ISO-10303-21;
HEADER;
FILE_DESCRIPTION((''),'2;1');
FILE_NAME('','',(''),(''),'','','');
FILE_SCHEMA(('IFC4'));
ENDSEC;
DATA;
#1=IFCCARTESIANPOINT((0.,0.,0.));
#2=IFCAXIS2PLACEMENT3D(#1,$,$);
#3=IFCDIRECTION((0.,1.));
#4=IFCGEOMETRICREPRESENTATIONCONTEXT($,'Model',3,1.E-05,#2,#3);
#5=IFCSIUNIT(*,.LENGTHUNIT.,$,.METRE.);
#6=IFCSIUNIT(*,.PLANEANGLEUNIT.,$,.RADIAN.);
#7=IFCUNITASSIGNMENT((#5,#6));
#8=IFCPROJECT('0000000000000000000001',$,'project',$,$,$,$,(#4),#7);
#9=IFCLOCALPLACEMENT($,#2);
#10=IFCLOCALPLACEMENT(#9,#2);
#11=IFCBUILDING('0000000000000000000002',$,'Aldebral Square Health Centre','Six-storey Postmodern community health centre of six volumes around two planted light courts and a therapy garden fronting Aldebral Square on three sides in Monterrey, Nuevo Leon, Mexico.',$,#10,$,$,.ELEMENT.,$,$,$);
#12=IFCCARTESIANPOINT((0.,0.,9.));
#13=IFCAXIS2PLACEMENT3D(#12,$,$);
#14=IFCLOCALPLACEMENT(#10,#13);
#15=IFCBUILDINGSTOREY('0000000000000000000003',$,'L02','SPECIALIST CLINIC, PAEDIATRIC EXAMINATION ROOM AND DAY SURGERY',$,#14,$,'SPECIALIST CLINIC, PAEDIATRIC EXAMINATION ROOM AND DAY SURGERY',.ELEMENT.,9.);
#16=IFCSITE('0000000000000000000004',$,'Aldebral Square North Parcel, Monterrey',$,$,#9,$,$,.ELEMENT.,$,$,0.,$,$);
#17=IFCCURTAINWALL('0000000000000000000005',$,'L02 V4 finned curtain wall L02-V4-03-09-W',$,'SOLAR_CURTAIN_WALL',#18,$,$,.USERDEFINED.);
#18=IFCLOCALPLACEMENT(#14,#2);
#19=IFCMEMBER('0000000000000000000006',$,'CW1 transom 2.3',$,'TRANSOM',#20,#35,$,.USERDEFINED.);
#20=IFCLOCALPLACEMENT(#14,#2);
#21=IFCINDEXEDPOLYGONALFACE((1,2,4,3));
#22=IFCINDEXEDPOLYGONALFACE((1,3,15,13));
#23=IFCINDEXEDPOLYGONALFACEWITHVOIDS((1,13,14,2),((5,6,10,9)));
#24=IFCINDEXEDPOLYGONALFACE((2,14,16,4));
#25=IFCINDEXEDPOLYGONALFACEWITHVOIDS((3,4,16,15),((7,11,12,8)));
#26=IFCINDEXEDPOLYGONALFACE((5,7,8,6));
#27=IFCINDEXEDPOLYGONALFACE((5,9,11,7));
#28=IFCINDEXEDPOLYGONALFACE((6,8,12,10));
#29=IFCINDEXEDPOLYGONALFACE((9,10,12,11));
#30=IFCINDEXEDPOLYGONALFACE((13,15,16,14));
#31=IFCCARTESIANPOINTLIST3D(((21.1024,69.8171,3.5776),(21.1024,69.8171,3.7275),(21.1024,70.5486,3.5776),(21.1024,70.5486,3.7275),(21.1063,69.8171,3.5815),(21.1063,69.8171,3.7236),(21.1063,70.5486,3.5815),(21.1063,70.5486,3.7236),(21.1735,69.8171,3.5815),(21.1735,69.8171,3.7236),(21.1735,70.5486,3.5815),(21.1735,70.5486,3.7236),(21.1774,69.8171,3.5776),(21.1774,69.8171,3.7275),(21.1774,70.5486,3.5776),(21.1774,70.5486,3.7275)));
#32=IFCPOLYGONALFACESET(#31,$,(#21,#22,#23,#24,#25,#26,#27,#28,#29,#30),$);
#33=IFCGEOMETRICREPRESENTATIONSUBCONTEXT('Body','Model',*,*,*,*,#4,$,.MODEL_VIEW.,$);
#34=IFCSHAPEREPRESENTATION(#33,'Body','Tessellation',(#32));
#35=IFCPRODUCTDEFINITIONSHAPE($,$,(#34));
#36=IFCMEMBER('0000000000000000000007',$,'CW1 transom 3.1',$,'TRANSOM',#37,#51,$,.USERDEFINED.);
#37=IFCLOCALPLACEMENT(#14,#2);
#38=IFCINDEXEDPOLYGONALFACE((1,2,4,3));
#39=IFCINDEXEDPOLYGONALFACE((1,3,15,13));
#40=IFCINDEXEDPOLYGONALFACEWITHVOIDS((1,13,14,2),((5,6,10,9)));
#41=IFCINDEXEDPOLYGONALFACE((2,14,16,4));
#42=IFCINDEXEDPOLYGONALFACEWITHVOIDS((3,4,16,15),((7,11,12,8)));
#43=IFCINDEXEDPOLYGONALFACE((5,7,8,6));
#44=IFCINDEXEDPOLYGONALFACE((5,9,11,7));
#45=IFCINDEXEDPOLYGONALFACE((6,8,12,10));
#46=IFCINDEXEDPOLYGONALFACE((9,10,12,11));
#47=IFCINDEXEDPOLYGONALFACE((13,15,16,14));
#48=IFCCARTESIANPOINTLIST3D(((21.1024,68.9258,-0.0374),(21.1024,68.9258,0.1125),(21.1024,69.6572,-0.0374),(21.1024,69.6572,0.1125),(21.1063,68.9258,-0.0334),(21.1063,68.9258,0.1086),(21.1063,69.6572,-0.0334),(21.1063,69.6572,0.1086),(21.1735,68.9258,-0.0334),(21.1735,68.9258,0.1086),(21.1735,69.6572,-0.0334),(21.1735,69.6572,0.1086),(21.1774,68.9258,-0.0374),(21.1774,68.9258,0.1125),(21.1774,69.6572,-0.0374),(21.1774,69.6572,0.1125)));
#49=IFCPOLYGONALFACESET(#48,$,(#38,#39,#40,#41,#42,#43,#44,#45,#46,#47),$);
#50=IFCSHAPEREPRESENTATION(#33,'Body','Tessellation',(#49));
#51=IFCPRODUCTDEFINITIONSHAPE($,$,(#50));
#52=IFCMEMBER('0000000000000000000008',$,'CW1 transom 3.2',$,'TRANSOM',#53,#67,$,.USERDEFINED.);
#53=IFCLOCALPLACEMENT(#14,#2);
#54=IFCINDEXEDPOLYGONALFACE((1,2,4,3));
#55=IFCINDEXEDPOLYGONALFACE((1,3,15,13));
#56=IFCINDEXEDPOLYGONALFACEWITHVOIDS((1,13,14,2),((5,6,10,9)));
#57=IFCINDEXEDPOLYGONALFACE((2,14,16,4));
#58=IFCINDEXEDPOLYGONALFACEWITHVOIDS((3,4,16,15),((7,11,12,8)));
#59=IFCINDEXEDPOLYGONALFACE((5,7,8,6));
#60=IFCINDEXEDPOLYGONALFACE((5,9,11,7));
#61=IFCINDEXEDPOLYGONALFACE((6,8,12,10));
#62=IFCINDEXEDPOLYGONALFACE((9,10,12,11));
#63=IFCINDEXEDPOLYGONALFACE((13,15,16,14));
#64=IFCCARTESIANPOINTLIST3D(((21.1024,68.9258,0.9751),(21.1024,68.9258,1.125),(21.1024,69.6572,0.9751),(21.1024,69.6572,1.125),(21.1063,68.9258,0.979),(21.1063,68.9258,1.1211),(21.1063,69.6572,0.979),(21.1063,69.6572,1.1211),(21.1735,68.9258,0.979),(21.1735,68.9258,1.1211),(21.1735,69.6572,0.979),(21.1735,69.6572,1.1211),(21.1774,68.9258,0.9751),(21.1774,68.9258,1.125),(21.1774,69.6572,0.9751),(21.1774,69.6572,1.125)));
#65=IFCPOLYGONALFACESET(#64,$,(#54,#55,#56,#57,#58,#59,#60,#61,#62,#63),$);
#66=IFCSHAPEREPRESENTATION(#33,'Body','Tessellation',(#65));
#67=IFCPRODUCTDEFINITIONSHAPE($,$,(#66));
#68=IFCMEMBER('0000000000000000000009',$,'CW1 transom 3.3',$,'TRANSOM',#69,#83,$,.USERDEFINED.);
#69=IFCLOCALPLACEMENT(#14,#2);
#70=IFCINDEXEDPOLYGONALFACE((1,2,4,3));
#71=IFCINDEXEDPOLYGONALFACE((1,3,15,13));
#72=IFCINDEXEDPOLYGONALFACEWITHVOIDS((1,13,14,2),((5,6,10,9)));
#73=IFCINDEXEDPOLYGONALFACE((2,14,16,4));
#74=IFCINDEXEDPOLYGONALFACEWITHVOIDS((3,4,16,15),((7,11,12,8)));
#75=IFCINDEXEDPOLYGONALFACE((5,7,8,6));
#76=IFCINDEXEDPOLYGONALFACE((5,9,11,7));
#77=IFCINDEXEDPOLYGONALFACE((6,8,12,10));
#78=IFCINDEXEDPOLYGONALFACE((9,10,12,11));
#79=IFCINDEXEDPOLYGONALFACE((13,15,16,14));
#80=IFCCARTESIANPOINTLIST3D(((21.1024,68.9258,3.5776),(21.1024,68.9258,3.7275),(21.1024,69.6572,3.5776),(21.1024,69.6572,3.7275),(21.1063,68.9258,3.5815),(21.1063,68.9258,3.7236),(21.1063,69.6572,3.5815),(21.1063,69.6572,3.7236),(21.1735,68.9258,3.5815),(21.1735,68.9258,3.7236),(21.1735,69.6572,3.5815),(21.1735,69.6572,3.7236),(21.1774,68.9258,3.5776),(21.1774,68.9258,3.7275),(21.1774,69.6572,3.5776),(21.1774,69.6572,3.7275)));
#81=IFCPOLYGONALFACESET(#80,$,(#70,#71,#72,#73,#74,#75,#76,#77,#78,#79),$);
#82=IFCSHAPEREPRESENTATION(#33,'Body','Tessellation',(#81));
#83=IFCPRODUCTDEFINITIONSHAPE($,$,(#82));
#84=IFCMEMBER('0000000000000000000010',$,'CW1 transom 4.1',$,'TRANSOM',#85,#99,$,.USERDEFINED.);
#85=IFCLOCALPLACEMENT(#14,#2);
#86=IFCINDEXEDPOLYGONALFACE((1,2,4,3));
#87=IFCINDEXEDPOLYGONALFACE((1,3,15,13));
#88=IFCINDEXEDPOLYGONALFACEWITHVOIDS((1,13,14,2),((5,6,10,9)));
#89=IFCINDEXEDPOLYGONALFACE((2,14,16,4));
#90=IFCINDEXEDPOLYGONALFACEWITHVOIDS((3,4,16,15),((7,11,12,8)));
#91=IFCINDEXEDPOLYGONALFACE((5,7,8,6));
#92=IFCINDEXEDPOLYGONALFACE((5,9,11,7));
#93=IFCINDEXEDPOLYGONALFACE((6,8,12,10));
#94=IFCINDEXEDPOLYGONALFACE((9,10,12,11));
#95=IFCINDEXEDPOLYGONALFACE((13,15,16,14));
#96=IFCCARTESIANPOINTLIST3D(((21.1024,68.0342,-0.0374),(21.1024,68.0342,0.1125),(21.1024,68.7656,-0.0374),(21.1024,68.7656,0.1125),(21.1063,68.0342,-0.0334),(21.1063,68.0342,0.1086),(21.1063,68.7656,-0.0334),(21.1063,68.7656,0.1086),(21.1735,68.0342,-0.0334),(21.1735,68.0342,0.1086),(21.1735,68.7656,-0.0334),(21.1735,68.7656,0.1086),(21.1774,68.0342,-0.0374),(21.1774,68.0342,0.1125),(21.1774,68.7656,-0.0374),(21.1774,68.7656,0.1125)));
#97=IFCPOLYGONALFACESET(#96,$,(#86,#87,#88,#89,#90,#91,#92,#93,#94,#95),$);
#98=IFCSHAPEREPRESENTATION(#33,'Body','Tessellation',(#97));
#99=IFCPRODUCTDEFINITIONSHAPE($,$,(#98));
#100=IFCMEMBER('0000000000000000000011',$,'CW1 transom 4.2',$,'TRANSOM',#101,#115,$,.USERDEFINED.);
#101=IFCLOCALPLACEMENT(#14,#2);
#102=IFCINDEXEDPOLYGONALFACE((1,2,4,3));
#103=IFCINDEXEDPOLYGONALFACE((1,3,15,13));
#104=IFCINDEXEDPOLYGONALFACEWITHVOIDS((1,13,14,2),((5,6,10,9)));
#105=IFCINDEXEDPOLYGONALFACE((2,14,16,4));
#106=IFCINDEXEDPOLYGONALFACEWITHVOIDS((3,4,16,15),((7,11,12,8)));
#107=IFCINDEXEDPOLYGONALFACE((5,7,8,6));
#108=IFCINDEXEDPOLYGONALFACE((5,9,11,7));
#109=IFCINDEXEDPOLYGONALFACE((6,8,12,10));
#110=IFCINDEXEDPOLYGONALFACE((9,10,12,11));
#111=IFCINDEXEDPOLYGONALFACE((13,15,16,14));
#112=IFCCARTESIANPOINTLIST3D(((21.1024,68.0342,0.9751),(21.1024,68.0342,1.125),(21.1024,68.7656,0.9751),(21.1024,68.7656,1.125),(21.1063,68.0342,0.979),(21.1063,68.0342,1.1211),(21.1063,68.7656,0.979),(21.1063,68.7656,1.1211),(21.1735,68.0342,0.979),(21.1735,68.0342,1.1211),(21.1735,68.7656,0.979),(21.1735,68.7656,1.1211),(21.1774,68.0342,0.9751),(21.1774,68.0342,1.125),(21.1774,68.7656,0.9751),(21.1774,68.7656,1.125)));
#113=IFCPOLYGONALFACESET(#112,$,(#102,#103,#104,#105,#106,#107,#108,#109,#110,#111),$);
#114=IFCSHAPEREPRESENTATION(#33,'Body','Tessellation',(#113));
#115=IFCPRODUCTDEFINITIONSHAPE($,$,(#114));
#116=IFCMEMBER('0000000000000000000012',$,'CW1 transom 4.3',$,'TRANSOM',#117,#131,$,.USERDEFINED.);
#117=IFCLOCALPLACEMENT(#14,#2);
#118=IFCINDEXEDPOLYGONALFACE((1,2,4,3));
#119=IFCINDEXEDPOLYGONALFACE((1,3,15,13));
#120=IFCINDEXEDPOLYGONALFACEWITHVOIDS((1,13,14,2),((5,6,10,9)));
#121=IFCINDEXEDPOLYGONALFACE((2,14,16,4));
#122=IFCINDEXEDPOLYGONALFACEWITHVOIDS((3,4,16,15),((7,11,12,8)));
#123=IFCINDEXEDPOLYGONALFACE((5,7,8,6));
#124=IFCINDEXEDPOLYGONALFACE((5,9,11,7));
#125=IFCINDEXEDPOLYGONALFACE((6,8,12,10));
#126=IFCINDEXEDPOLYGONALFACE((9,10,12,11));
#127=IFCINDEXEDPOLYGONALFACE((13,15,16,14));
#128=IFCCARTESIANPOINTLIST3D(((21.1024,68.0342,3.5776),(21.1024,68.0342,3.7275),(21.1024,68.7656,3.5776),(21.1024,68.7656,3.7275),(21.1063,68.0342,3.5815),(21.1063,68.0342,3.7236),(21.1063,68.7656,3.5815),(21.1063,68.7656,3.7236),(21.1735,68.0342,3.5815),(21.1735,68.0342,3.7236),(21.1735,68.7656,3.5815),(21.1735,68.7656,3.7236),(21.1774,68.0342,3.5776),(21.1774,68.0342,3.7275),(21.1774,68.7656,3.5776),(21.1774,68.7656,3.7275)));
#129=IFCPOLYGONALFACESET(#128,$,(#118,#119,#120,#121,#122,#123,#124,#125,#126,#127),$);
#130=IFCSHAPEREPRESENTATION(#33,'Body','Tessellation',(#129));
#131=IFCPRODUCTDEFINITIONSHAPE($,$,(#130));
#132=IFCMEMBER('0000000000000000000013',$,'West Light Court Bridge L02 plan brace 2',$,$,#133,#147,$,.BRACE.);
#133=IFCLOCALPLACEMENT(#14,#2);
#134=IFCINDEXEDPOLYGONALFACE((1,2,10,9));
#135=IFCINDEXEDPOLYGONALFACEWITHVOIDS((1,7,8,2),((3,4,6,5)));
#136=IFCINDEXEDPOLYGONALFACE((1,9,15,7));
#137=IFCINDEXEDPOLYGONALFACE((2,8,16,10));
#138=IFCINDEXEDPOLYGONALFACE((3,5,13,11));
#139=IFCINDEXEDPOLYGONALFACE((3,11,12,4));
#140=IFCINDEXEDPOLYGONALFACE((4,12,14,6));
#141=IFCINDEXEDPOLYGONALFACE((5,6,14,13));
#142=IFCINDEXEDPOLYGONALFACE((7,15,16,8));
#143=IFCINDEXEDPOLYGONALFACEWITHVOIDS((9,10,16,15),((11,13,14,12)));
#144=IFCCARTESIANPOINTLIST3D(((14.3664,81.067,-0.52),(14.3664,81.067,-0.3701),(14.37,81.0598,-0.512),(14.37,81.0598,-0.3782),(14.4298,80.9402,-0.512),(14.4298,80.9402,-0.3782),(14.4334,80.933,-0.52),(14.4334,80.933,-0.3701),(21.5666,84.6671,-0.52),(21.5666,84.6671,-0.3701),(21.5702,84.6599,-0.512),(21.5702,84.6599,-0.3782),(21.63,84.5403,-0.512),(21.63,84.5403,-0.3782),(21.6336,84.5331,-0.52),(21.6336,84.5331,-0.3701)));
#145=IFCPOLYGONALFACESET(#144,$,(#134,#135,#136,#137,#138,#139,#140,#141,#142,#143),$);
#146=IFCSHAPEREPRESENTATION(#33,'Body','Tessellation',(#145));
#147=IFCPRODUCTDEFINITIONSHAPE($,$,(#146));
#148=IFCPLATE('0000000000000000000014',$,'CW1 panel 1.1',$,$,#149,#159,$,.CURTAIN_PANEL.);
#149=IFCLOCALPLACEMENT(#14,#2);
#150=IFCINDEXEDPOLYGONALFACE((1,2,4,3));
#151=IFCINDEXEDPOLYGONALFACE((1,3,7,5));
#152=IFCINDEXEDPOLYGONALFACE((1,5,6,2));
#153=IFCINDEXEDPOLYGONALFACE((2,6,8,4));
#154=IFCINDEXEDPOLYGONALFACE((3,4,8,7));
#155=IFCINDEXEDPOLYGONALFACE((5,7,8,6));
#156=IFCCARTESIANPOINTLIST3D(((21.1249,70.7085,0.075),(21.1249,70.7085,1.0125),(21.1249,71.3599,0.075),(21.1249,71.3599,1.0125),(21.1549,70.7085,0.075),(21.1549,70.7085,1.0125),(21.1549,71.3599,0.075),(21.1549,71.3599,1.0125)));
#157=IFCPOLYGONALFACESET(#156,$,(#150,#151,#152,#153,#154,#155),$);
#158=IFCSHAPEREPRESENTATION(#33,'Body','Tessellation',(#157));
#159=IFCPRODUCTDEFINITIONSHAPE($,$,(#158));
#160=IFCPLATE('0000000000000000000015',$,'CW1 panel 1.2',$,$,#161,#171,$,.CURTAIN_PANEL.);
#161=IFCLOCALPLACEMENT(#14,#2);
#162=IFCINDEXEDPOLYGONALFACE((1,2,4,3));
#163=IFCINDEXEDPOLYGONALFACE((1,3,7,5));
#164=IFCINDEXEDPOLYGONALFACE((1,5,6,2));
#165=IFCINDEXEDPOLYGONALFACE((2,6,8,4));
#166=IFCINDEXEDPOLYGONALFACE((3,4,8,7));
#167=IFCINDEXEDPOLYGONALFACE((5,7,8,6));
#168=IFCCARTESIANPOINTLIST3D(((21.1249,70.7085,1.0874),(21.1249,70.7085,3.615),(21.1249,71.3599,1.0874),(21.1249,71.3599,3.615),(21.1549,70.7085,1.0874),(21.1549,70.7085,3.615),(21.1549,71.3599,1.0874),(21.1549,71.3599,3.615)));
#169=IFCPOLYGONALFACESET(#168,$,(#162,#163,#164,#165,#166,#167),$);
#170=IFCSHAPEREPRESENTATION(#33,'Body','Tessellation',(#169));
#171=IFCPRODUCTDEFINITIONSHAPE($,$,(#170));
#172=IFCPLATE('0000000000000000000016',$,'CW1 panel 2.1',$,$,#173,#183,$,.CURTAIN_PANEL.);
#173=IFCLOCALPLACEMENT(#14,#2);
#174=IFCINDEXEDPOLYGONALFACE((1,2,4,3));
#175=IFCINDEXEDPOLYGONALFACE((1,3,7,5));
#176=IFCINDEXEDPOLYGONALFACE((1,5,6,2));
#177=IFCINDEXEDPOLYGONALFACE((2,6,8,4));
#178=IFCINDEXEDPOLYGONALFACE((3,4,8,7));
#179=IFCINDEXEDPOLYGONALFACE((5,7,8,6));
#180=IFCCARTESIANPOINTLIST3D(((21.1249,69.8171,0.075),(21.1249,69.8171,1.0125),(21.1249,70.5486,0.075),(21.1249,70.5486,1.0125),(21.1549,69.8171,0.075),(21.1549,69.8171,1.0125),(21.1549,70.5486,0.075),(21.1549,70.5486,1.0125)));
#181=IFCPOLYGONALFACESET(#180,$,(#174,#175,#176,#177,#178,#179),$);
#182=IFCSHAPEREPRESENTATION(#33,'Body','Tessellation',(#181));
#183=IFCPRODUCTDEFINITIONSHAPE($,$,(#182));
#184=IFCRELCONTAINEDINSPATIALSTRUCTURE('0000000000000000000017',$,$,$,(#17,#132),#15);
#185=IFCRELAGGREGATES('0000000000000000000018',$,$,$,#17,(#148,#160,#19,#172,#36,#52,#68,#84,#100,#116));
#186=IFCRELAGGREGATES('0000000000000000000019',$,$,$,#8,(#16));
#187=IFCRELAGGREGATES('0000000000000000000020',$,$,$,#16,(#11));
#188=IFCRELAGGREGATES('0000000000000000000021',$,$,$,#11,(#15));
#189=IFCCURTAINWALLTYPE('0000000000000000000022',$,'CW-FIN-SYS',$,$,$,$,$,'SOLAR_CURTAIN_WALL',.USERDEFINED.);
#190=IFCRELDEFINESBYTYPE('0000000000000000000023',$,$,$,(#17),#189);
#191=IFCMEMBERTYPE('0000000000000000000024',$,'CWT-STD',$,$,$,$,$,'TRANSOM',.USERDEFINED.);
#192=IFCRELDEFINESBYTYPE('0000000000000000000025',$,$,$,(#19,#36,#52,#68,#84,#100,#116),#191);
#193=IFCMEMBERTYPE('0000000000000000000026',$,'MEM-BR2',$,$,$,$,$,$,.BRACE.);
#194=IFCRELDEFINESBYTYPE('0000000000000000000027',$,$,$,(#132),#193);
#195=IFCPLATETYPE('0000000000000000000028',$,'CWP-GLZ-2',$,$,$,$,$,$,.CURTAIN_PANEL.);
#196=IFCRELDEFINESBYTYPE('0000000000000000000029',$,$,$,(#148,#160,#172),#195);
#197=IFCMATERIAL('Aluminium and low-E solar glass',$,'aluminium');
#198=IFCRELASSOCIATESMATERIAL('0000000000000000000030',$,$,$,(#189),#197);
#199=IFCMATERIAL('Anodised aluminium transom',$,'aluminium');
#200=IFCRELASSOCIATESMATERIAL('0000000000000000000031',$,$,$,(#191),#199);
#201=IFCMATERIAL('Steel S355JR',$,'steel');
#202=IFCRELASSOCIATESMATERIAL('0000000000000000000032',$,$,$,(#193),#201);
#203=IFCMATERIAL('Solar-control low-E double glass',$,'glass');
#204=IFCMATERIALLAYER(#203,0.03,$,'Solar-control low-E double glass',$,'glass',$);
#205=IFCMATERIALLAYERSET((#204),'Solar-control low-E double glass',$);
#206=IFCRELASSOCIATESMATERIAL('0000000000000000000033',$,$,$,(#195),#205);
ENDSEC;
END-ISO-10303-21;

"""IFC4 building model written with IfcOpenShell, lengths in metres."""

from ifc_helpers import new_model, si_unit, direction, frame, origin, origin_2d, place, context, subcontext, project, spatial, rectangle, hollow_rectangle, extrude, material, layer, layer_set, material_profile, profile_set, type_object, element, aggregate, save


model = new_model("IFC4")

# Units and contexts
model_context = context("Model", 3, precision=1e-05, world=origin(), true_north=direction((0.0, 1.0)))
body_context = subcontext(model_context, "Body", "Model", "MODEL_VIEW")
ifc_project = project(units=[si_unit("LENGTHUNIT", "METRE"), si_unit("PLANEANGLEUNIT", "RADIAN")], contexts=[model_context])

# Site, building, storey
site_placement = place(None, origin())
site = spatial("IfcSite", under=ifc_project, at=site_placement, Name="Aldebral Square North Parcel, Monterrey", CompositionType="ELEMENT", RefElevation=0.0)
building_placement = place(site_placement, origin())
building = spatial("IfcBuilding", under=site, at=building_placement, Name="Aldebral Square Health Centre", Description="Six-storey Postmodern community health centre of six volumes around two planted light courts and a therapy garden fronting Aldebral Square on three sides in Monterrey, Nuevo Leon, Mexico.", CompositionType="ELEMENT")
storey_placement = place(building_placement, frame((0.0, 0.0, 9.0)))
storey = spatial("IfcBuildingStorey", under=building, at=storey_placement, Name="L02", Description="SPECIALIST CLINIC, PAEDIATRIC EXAMINATION ROOM AND DAY SURGERY", LongName="SPECIALIST CLINIC, PAEDIATRIC EXAMINATION ROOM AND DAY SURGERY", CompositionType="ELEMENT", Elevation=9.0)

# Shared definitions
ifc_material_1 = material(Name="Steel S355JR", Category="steel")

# Shared definitions
ifc_material_2 = material(Name="Aluminium and low-E solar glass", Category="aluminium")
curtain_wall_type = type_object("IfcCurtainWallType", Name="CW-FIN-SYS", ElementType="SOLAR_CURTAIN_WALL", PredefinedType="USERDEFINED", material=ifc_material_2)

# Curtain wall
curtain_wall_1_placement = place(storey_placement, origin())
curtain_wall_1 = element("IfcCurtainWall", 1, at=curtain_wall_1_placement, inside=storey, type_object=curtain_wall_type, Name="L02 V4 finned curtain wall L02-V4-03-09-W", ObjectType="SOLAR_CURTAIN_WALL", PredefinedType="USERDEFINED")

# Members
ifc_material_3 = material(Name="Anodised aluminium transom", Category="aluminium")
ifc_material_profile_1 = material_profile(ifc_material_3, hollow_rectangle(XDim=0.075, YDim=0.1499, WallThickness=0.0039, at=origin_2d()), Name="CWT 75x150x4")
ifc_profile_set_1 = profile_set([ifc_material_profile_1], Name="Anodised aluminium transom")
member_type_1 = type_object("IfcMemberType", Name="CWT-STD", ElementType="TRANSOM", PredefinedType="USERDEFINED", material=ifc_profile_set_1)
member_1_placement = place(storey_placement, frame((21.1399, 70.5486, 3.6526), z_axis=(0.0, -1.0, 0.0), x_axis=(1.0, 0.0, 0.0)))
member_1 = element("IfcMember", 2, at=member_1_placement, type_object=member_type_1, Name="CW1 transom 2.3", ObjectType="TRANSOM", PredefinedType="USERDEFINED", context=body_context, shape_type="SweptSolid", body=[
    extrude(hollow_rectangle(XDim=0.075, YDim=0.1499, WallThickness=0.0039, at=origin_2d()), origin(), (0.0, 0.0, 1.0), 0.7314),
])
member_2_placement = place(storey_placement, frame((21.1399, 69.6572, 0.0376), z_axis=(0.0, -1.0, 0.0), x_axis=(1.0, 0.0, 0.0)))
member_2 = element("IfcMember", 3, at=member_2_placement, type_object=member_type_1, Name="CW1 transom 3.1", ObjectType="TRANSOM", PredefinedType="USERDEFINED", context=body_context, shape_type="SweptSolid", body=[
    extrude(hollow_rectangle(XDim=0.075, YDim=0.1499, WallThickness=0.0039, at=origin_2d()), origin(), (0.0, 0.0, 1.0), 0.7314),
])
member_3_placement = place(storey_placement, frame((21.1399, 69.6572, 1.05), z_axis=(0.0, -1.0, 0.0), x_axis=(1.0, 0.0, 0.0)))
member_3 = element("IfcMember", 4, at=member_3_placement, type_object=member_type_1, Name="CW1 transom 3.2", ObjectType="TRANSOM", PredefinedType="USERDEFINED", context=body_context, shape_type="SweptSolid", body=[
    extrude(hollow_rectangle(XDim=0.075, YDim=0.1499, WallThickness=0.0039, at=origin_2d()), origin(), (0.0, 0.0, 1.0), 0.7314),
])
member_4_placement = place(storey_placement, frame((21.1399, 69.6572, 3.6526), z_axis=(0.0, -1.0, 0.0), x_axis=(1.0, 0.0, 0.0)))
member_4 = element("IfcMember", 5, at=member_4_placement, type_object=member_type_1, Name="CW1 transom 3.3", ObjectType="TRANSOM", PredefinedType="USERDEFINED", context=body_context, shape_type="SweptSolid", body=[
    extrude(hollow_rectangle(XDim=0.075, YDim=0.1499, WallThickness=0.0039, at=origin_2d()), origin(), (0.0, 0.0, 1.0), 0.7314),
])
member_5_placement = place(storey_placement, frame((21.1399, 68.7656, 0.0376), z_axis=(0.0, -1.0, 0.0), x_axis=(1.0, 0.0, 0.0)))
member_5 = element("IfcMember", 6, at=member_5_placement, type_object=member_type_1, Name="CW1 transom 4.1", ObjectType="TRANSOM", PredefinedType="USERDEFINED", context=body_context, shape_type="SweptSolid", body=[
    extrude(hollow_rectangle(XDim=0.075, YDim=0.1499, WallThickness=0.0039, at=origin_2d()), origin(), (0.0, 0.0, 1.0), 0.7314),
])
member_6_placement = place(storey_placement, frame((21.1399, 68.7656, 1.05), z_axis=(0.0, -1.0, 0.0), x_axis=(1.0, 0.0, 0.0)))
member_6 = element("IfcMember", 7, at=member_6_placement, type_object=member_type_1, Name="CW1 transom 4.2", ObjectType="TRANSOM", PredefinedType="USERDEFINED", context=body_context, shape_type="SweptSolid", body=[
    extrude(hollow_rectangle(XDim=0.075, YDim=0.1499, WallThickness=0.0039, at=origin_2d()), origin(), (0.0, 0.0, 1.0), 0.7314),
])
member_7_placement = place(storey_placement, frame((21.1399, 68.7656, 3.6526), z_axis=(0.0, -1.0, 0.0), x_axis=(1.0, 0.0, 0.0)))
member_7 = element("IfcMember", 8, at=member_7_placement, type_object=member_type_1, Name="CW1 transom 4.3", ObjectType="TRANSOM", PredefinedType="USERDEFINED", context=body_context, shape_type="SweptSolid", body=[
    extrude(hollow_rectangle(XDim=0.075, YDim=0.1499, WallThickness=0.0039, at=origin_2d()), origin(), (0.0, 0.0, 1.0), 0.7314),
])
ifc_material_profile_2 = material_profile(ifc_material_1, hollow_rectangle(XDim=0.1499, YDim=0.1499, WallThickness=0.0081, at=origin_2d()), Name="150x150x8 SHS")
ifc_profile_set_2 = profile_set([ifc_material_profile_2], Name="Steel S355JR")
member_type_2 = type_object("IfcMemberType", Name="MEM-BR2", PredefinedType="BRACE", material=ifc_profile_set_2)
member_8_placement = place(storey_placement, frame((14.3999, 81.0, -0.4451), z_axis=(0.894427, 0.447214, 0.0), x_axis=(-0.447214, 0.894427, 0.0)))
element("IfcMember", 9, at=member_8_placement, inside=storey, type_object=member_type_2, Name="West Light Court Bridge L02 plan brace 2", PredefinedType="BRACE", context=body_context, shape_type="SweptSolid", body=[
    extrude(hollow_rectangle(XDim=0.1499, YDim=0.1499, WallThickness=0.0081, at=origin_2d()), origin(), (0.0, 0.0, 1.0), 8.05),
])

# Plates
ifc_material_4 = material(Name="Solar-control low-E double glass", Category="glass")
ifc_layer_1 = layer(ifc_material_4, 0.03, Name="Solar-control low-E double glass", Category="glass")
ifc_layer_set_1 = layer_set([ifc_layer_1], Name="Solar-control low-E double glass")
plate_type_1 = type_object("IfcPlateType", Name="CWP-GLZ-2", PredefinedType="CURTAIN_PANEL", material=ifc_layer_set_1)
plate_1_placement = place(storey_placement, frame((21.1399, 71.0342, 0.075), z_axis=(0.0, 0.0, 1.0), x_axis=(0.0, -1.0, 0.0)))
plate_1 = element("IfcPlate", 10, at=plate_1_placement, type_object=plate_type_1, Name="CW1 panel 1.1", PredefinedType="CURTAIN_PANEL", context=body_context, shape_type="SweptSolid", body=[
    extrude(rectangle(XDim=0.6514, YDim=0.03, at=origin_2d()), origin(), (0.0, 0.0, 1.0), 0.9375),
])
plate_2_placement = place(storey_placement, frame((21.1399, 71.0342, 1.0874), z_axis=(0.0, 0.0, 1.0), x_axis=(0.0, -1.0, 0.0)))
plate_2 = element("IfcPlate", 11, at=plate_2_placement, type_object=plate_type_1, Name="CW1 panel 1.2", PredefinedType="CURTAIN_PANEL", context=body_context, shape_type="SweptSolid", body=[
    extrude(rectangle(XDim=0.6514, YDim=0.03, at=origin_2d()), origin(), (0.0, 0.0, 1.0), 2.5276),
])
plate_3_placement = place(storey_placement, frame((21.1399, 70.1829, 0.075), z_axis=(0.0, 0.0, 1.0), x_axis=(0.0, -1.0, 0.0)))
plate_3 = element("IfcPlate", 12, at=plate_3_placement, type_object=plate_type_1, Name="CW1 panel 2.1", PredefinedType="CURTAIN_PANEL", context=body_context, shape_type="SweptSolid", body=[
    extrude(rectangle(XDim=0.7314, YDim=0.03, at=origin_2d()), origin(), (0.0, 0.0, 1.0), 0.9375),
])
aggregate(curtain_wall_1, [plate_1, plate_2, member_1, plate_3, member_2, member_3, member_4, member_5, member_6, member_7])

save(model, "model.ifc")
